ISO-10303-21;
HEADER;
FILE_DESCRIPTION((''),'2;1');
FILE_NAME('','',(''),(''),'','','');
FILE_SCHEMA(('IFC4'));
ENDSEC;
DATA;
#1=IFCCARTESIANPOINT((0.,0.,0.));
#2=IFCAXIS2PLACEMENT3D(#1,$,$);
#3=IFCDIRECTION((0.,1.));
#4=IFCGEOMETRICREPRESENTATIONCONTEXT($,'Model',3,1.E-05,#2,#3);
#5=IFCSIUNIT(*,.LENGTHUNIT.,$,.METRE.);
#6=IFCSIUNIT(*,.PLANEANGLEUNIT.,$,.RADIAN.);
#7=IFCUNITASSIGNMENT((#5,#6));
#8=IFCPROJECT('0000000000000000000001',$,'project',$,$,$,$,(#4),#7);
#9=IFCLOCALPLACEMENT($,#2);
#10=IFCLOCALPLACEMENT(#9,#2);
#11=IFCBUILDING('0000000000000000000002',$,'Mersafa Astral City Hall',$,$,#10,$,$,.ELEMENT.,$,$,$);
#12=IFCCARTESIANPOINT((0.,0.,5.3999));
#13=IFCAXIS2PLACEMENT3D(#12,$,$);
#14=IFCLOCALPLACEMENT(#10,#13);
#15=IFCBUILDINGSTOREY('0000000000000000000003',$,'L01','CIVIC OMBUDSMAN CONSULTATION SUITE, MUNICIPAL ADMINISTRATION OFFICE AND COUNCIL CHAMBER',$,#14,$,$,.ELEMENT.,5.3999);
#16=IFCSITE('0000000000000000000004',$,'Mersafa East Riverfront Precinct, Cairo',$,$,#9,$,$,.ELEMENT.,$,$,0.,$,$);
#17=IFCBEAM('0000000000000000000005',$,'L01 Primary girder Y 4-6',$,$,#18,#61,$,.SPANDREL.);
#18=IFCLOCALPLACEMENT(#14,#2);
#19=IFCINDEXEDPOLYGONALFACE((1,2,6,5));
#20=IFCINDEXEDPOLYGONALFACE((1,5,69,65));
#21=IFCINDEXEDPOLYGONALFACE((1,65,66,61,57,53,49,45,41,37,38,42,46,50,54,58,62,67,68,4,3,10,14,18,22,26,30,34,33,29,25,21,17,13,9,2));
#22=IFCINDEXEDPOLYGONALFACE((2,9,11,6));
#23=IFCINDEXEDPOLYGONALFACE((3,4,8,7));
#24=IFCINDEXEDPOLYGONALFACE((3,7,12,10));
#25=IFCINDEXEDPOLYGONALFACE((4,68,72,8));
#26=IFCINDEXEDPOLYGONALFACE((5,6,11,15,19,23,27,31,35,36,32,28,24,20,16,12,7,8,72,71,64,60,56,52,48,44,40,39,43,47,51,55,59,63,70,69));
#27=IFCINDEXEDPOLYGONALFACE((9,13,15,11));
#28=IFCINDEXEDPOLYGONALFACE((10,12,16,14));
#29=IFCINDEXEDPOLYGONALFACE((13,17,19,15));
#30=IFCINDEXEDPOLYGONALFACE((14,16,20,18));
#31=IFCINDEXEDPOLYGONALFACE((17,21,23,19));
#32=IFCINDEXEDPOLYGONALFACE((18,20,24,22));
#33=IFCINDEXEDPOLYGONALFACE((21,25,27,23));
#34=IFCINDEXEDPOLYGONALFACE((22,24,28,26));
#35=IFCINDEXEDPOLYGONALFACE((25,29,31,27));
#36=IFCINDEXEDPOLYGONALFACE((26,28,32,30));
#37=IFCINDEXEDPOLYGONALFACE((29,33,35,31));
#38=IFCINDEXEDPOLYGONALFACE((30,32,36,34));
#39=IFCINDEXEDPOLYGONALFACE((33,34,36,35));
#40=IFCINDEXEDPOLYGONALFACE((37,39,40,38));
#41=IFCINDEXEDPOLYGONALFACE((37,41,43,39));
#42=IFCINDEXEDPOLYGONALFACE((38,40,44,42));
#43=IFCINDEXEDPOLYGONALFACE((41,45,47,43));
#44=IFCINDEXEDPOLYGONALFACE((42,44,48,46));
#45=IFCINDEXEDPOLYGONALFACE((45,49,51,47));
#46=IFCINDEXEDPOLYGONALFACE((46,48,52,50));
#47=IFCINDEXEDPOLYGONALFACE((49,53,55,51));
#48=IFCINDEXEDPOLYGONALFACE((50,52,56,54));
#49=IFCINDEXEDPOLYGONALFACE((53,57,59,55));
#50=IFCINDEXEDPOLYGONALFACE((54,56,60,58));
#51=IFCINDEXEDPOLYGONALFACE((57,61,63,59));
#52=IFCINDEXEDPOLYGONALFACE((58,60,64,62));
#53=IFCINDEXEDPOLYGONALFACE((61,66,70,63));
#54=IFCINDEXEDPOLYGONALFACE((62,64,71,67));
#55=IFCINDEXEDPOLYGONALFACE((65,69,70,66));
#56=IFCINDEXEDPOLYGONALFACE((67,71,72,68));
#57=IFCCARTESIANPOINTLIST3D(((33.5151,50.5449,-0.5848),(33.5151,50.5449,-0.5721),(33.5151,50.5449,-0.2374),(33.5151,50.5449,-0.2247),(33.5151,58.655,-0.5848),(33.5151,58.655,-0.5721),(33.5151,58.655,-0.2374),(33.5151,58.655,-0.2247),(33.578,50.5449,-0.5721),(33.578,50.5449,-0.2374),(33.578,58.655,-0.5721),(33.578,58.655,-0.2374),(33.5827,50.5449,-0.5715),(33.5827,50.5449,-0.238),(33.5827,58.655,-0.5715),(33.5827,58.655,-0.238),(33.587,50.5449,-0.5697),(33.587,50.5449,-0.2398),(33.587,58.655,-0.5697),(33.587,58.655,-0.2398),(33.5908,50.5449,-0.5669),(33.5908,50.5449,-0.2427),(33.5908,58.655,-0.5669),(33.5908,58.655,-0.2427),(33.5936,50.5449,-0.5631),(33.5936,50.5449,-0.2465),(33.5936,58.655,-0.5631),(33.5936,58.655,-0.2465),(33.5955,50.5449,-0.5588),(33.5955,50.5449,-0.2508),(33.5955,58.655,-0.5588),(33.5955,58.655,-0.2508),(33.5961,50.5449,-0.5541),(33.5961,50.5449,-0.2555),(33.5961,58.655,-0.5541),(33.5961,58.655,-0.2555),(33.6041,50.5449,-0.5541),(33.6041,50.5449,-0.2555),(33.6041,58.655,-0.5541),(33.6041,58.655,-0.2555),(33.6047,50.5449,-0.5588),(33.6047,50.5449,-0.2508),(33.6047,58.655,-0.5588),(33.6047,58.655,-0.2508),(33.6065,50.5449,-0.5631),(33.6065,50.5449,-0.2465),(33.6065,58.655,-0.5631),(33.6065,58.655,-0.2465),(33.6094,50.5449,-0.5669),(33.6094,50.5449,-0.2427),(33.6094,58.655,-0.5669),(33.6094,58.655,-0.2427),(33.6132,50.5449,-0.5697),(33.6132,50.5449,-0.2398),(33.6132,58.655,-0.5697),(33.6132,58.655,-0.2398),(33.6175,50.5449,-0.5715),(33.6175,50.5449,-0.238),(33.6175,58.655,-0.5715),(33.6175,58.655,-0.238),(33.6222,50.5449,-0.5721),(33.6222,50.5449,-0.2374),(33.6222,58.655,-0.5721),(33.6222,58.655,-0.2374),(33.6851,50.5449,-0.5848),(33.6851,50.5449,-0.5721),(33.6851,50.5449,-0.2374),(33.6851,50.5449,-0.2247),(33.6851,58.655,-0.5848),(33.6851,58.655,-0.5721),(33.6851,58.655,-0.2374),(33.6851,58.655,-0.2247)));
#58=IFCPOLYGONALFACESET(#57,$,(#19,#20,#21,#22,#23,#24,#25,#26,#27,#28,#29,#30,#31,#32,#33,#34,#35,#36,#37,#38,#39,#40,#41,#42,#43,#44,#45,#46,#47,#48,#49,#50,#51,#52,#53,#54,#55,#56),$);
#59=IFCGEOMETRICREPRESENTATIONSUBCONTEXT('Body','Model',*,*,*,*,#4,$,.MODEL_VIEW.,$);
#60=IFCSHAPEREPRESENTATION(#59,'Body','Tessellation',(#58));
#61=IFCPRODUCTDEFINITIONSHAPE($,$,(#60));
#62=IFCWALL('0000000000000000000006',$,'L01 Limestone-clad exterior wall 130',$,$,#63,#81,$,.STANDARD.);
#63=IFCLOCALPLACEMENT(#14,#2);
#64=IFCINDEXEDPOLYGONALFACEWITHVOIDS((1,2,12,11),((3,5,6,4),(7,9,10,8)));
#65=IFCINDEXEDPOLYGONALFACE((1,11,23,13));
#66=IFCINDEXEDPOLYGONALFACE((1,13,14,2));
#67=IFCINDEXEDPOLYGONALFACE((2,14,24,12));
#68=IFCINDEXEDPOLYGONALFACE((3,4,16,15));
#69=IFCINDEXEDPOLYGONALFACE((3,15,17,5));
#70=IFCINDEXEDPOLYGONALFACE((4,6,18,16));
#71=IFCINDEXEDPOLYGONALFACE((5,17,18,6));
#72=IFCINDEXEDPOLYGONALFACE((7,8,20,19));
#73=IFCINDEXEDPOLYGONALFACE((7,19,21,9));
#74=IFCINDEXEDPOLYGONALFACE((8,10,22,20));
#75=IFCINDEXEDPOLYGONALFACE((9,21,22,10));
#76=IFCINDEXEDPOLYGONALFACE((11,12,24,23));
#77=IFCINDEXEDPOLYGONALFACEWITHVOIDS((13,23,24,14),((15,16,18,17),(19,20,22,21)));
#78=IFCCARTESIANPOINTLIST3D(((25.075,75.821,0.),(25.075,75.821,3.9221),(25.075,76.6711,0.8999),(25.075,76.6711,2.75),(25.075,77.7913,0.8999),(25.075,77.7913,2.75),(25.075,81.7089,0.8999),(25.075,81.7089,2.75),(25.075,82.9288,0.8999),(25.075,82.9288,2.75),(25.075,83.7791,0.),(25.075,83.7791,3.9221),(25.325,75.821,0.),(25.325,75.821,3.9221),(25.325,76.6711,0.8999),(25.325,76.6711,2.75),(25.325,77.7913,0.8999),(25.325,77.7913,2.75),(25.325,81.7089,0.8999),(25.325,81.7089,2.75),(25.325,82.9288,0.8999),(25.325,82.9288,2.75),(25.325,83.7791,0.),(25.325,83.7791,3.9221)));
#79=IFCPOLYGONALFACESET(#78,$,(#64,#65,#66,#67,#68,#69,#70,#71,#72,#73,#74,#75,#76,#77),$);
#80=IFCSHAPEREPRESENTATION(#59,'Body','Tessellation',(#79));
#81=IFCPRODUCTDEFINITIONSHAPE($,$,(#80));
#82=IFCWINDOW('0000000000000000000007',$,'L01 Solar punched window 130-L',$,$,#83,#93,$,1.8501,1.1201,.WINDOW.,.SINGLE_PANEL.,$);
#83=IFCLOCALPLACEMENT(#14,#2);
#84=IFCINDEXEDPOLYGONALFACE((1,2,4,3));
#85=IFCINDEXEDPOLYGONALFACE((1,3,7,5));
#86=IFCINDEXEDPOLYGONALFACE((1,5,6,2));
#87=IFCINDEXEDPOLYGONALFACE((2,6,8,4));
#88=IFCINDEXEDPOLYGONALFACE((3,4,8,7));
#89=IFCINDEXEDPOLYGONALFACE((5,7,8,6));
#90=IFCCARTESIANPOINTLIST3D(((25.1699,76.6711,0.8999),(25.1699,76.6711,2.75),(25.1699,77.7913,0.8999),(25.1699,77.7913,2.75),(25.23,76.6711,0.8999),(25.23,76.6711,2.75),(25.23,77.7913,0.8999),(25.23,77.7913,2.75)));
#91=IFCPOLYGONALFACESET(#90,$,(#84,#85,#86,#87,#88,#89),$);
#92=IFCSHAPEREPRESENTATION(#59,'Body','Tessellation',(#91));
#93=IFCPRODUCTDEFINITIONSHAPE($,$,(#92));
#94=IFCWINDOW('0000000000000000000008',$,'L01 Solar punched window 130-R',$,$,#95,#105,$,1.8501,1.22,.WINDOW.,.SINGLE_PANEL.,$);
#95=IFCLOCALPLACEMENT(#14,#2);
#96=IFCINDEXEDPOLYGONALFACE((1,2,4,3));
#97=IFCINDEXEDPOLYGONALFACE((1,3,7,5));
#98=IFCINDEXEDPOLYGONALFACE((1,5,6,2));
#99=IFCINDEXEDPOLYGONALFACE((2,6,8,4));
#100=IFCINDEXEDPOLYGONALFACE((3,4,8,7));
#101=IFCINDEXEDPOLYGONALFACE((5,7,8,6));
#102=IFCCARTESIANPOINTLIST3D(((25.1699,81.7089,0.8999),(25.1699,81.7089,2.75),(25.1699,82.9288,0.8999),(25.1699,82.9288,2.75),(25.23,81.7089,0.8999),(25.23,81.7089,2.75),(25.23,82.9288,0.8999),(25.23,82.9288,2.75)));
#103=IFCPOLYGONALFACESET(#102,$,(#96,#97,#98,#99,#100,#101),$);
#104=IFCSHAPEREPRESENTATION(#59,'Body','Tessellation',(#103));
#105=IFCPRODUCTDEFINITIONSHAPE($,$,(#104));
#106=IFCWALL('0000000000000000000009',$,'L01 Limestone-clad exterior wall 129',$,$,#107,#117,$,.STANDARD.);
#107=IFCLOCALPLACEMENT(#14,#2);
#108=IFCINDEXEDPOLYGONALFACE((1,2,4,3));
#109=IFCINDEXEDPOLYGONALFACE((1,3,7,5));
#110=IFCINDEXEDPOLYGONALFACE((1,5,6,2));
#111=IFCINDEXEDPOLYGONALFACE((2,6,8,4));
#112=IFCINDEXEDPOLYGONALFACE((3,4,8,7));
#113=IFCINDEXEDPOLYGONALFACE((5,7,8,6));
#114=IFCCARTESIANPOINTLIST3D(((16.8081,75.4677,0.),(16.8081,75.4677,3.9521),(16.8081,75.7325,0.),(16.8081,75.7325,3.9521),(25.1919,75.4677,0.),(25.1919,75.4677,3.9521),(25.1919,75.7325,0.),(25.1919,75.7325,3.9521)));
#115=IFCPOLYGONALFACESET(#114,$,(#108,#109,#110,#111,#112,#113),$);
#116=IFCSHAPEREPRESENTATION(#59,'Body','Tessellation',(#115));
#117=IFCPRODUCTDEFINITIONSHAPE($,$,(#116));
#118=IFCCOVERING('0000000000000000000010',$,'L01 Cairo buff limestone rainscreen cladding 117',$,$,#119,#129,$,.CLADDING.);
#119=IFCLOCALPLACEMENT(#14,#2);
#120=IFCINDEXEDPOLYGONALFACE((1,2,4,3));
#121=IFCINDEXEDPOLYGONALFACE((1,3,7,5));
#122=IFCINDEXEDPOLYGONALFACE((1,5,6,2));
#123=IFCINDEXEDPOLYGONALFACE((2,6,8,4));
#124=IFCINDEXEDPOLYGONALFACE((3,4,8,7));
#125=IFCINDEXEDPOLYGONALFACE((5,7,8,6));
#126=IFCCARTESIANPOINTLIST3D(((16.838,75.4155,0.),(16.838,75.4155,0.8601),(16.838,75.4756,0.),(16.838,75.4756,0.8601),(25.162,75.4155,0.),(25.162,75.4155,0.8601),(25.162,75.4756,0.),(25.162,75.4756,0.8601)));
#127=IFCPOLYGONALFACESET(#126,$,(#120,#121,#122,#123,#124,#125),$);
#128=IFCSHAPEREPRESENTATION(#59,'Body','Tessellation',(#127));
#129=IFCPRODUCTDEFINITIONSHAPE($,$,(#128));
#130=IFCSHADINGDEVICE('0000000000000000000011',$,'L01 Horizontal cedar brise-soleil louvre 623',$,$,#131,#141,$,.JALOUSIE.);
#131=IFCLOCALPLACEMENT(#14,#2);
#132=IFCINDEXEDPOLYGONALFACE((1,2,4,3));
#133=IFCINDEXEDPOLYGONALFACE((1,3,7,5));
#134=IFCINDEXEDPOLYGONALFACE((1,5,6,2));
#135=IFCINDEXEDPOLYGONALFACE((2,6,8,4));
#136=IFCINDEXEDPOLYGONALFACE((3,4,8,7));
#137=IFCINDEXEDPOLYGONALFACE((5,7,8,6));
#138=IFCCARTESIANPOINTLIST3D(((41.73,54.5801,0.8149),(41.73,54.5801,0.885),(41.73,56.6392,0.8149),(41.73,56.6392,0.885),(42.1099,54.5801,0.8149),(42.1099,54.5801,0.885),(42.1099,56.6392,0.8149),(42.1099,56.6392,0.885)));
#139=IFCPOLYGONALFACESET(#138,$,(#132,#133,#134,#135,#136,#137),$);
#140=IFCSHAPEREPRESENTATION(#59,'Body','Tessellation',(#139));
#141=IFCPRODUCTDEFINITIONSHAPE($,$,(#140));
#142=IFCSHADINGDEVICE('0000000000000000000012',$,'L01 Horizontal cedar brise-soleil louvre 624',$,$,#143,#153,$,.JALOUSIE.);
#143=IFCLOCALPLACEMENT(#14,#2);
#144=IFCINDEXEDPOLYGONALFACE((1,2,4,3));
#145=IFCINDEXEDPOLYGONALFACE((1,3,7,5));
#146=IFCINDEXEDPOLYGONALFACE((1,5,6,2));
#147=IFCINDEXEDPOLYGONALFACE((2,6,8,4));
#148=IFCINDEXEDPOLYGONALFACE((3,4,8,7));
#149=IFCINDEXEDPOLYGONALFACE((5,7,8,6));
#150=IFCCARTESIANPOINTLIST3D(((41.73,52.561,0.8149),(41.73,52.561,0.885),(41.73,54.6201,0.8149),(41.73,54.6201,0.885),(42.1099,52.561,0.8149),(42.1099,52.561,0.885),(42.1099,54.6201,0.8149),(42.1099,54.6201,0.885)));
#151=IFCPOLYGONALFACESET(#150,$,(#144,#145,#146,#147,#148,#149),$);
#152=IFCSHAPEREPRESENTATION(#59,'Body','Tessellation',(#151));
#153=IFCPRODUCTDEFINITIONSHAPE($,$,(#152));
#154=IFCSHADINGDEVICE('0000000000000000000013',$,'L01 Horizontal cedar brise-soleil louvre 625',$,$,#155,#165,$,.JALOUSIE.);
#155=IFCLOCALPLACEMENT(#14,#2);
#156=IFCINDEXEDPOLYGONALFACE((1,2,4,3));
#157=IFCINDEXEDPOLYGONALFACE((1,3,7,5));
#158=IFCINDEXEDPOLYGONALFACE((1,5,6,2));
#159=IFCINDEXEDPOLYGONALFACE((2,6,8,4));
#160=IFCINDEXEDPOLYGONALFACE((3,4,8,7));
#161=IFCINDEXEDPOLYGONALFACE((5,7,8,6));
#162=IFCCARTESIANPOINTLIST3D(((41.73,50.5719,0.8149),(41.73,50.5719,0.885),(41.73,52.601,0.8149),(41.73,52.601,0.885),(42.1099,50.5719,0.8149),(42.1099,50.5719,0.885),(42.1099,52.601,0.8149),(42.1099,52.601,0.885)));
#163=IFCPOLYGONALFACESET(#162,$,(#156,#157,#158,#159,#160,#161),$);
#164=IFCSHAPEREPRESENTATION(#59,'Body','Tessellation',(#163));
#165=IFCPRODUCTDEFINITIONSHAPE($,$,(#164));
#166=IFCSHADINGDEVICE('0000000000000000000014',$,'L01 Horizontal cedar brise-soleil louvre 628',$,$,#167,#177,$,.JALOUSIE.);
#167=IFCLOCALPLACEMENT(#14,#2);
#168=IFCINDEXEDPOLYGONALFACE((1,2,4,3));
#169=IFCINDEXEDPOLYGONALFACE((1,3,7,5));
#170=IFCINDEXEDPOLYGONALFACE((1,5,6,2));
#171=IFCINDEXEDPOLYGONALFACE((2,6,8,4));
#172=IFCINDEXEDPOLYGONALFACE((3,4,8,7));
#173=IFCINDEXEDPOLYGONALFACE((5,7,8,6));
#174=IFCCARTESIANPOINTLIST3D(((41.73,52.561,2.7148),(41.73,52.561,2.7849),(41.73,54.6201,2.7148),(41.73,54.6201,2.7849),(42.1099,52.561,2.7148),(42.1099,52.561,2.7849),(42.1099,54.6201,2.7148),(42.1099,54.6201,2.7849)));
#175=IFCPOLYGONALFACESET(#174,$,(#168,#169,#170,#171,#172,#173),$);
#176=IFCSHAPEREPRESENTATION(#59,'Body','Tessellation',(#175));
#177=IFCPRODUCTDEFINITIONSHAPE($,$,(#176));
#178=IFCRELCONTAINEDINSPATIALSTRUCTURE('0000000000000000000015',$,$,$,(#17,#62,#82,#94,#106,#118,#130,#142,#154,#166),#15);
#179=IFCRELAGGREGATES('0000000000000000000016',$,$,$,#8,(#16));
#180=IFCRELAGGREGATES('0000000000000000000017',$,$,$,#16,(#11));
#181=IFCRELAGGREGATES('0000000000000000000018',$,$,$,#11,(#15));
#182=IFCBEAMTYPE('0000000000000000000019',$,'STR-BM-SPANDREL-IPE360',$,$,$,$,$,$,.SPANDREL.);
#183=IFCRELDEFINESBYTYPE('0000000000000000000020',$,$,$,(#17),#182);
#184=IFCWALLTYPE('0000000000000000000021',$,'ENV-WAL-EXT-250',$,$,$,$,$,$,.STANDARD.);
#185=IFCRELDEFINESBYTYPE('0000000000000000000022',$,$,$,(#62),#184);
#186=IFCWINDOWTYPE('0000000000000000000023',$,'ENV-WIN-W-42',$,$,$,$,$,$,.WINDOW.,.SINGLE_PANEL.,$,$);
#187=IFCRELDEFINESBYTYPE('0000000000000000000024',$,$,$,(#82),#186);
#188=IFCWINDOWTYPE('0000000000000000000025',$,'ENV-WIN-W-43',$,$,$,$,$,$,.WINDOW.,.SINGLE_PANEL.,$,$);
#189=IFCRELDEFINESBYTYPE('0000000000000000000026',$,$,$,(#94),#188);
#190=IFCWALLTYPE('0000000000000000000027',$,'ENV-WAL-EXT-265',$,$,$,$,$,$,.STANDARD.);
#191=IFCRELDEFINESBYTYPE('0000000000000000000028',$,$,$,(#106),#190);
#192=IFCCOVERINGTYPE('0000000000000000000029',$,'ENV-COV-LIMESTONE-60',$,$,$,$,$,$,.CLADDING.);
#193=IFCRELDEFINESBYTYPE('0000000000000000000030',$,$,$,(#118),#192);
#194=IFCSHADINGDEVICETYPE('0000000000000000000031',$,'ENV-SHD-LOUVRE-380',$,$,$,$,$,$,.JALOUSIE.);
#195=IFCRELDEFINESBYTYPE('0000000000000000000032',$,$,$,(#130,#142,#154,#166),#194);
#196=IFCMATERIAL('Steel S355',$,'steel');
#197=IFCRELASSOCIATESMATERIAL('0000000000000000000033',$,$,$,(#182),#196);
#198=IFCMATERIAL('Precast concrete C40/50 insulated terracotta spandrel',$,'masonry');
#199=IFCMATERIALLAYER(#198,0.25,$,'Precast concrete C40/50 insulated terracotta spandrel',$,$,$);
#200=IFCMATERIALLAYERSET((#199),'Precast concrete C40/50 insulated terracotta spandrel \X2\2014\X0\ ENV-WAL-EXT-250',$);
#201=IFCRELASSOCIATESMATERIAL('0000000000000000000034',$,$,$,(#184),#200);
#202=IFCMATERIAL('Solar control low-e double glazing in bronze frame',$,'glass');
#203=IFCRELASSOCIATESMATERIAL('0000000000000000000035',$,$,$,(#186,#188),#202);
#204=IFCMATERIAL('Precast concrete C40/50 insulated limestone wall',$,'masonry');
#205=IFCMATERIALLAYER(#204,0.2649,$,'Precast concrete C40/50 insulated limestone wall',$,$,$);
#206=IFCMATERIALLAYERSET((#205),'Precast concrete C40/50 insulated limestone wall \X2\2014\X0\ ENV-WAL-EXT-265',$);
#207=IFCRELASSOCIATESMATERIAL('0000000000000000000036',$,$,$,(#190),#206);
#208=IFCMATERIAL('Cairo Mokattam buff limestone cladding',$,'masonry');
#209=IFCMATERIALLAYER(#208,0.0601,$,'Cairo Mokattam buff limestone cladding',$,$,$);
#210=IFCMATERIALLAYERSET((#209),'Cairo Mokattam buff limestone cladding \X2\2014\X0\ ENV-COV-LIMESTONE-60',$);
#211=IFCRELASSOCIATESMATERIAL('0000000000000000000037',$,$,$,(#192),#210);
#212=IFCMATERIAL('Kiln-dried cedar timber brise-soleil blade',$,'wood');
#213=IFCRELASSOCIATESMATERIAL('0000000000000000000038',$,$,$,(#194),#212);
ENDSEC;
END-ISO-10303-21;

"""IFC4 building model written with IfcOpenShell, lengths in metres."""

from ifc_helpers import new_model, si_unit, direction, frame, frame_2d, origin, origin_2d, place, context, subcontext, project, spatial, rectangle, i_section, extrude, material, layer, layer_set, material_profile, profile_set, type_object, element, fill, save


model = new_model("IFC4")

# Units and contexts
model_context = context("Model", 3, precision=1e-05, world=origin(), true_north=direction((0.0, 1.0)))
body_context = subcontext(model_context, "Body", "Model", "MODEL_VIEW")
ifc_project = project(units=[si_unit("LENGTHUNIT", "METRE"), si_unit("PLANEANGLEUNIT", "RADIAN")], contexts=[model_context])

# Site, building, storey
site_placement = place(None, origin())
site = spatial("IfcSite", under=ifc_project, at=site_placement, Name="Mersafa East Riverfront Precinct, Cairo", CompositionType="ELEMENT", RefElevation=0.0)
building_placement = place(site_placement, origin())
building = spatial("IfcBuilding", under=site, at=building_placement, Name="Mersafa Astral City Hall", CompositionType="ELEMENT")
storey_placement = place(building_placement, frame((0.0, 0.0, 5.3999)))
storey = spatial("IfcBuildingStorey", under=building, at=storey_placement, Name="L01", Description="CIVIC OMBUDSMAN CONSULTATION SUITE, MUNICIPAL ADMINISTRATION OFFICE AND COUNCIL CHAMBER", CompositionType="ELEMENT", Elevation=5.3999)

# Shared definitions
ifc_material_1 = material(Name="Steel S355", Category="steel")

# Beam
ifc_material_profile_1 = material_profile(ifc_material_1, i_section(OverallWidth=0.1699, OverallDepth=0.3601, WebThickness=0.0081, FlangeThickness=0.0127, FilletRadius=0.0181, at=origin_2d()), Name="IPE 360")
ifc_profile_set_1 = profile_set([ifc_material_profile_1], Name="Steel S355")
beam_type_1 = type_object("IfcBeamType", Name="STR-BM-SPANDREL-IPE360", PredefinedType="SPANDREL", material=ifc_profile_set_1)
beam_1_placement = place(storey_placement, frame((33.6001, 50.5449, -0.4048), z_axis=(0.0, 1.0, 0.0), x_axis=(-1.0, 0.0, 0.0)))
element("IfcBeam", 1, at=beam_1_placement, inside=storey, type_object=beam_type_1, Name="L01 Primary girder Y 4-6", PredefinedType="SPANDREL", context=body_context, shape_type="SweptSolid", body=[
    extrude(i_section(OverallWidth=0.1699, OverallDepth=0.3601, WebThickness=0.0081, FlangeThickness=0.0127, FilletRadius=0.0181, at=origin_2d()), origin(), (0.0, 0.0, 1.0), 8.1101),
])

# Wall, openings, windows
ifc_material_2 = material(Name="Precast concrete C40/50 insulated terracotta spandrel", Category="masonry")
ifc_layer_1 = layer(ifc_material_2, 0.25, Name="Precast concrete C40/50 insulated terracotta spandrel")
ifc_layer_set_1 = layer_set([ifc_layer_1], Name="Precast concrete C40/50 insulated terracotta spandrel — ENV-WAL-EXT-250")
wall_type_1 = type_object("IfcWallType", Name="ENV-WAL-EXT-250", PredefinedType="STANDARD", material=ifc_layer_set_1)
wall_1_placement = place(storey_placement, frame((25.2, 75.821, 0.0), z_axis=(0.0, 0.0, 1.0), x_axis=(0.0, 1.0, 0.0)))
wall_1 = element("IfcWall", 2, at=wall_1_placement, inside=storey, type_object=wall_type_1, Name="L01 Limestone-clad exterior wall 130", PredefinedType="STANDARD", context=body_context, shape_type="SweptSolid", body=[
    extrude(rectangle(XDim=7.958, YDim=0.25, at=frame_2d((3.979, 0.0))), origin(), (0.0, 0.0, 1.0), 3.9221),
])
opening_1_placement = place(wall_1_placement, frame((0.8501, 0.0, 0.8999)))
opening_1 = element("IfcOpeningElement", 3, at=opening_1_placement, cuts=wall_1, PredefinedType="OPENING", context=body_context, shape_type="SweptSolid", body=[
    extrude(rectangle(XDim=1.1201, YDim=1.8501, at=frame_2d((0.5601, 0.925))), frame((0.0, 0.135, 0.0), z_axis=(0.0, -1.0, 0.0), x_axis=(1.0, 0.0, 0.0)), (0.0, 0.0, 1.0), 0.27),
])
opening_2_placement = place(wall_1_placement, frame((5.8879, 0.0, 0.8999)))
opening_2 = element("IfcOpeningElement", 4, at=opening_2_placement, cuts=wall_1, PredefinedType="OPENING", context=body_context, shape_type="SweptSolid", body=[
    extrude(rectangle(XDim=1.22, YDim=1.8501, at=frame_2d((0.6099, 0.925))), frame((0.0, 0.135, 0.0), z_axis=(0.0, -1.0, 0.0), x_axis=(1.0, 0.0, 0.0)), (0.0, 0.0, 1.0), 0.27),
])
ifc_material_3 = material(Name="Solar control low-e double glazing in bronze frame", Category="glass")
window_type_1 = type_object("IfcWindowType", Name="ENV-WIN-W-42", PartitioningType="SINGLE_PANEL", PredefinedType="WINDOW", material=ifc_material_3)
window_1_placement = place(opening_1_placement, origin())
window_1 = element("IfcWindow", 5, at=window_1_placement, inside=storey, type_object=window_type_1, Name="L01 Solar punched window 130-L", OverallHeight=1.8501, OverallWidth=1.1201, PartitioningType="SINGLE_PANEL", PredefinedType="WINDOW", context=body_context, shape_type="SweptSolid", body=[
    extrude(rectangle(XDim=1.1201, YDim=1.8501, at=frame_2d((0.5601, 0.925))), frame((0.0, 0.03, 0.0), z_axis=(0.0, -1.0, 0.0), x_axis=(1.0, 0.0, 0.0)), (0.0, 0.0, 1.0), 0.0601),
])
fill(opening_1, window_1)
window_type_2 = type_object("IfcWindowType", Name="ENV-WIN-W-43", PartitioningType="SINGLE_PANEL", PredefinedType="WINDOW", material=ifc_material_3)
window_2_placement = place(opening_2_placement, origin())
window_2 = element("IfcWindow", 6, at=window_2_placement, inside=storey, type_object=window_type_2, Name="L01 Solar punched window 130-R", OverallHeight=1.8501, OverallWidth=1.22, PartitioningType="SINGLE_PANEL", PredefinedType="WINDOW", context=body_context, shape_type="SweptSolid", body=[
    extrude(rectangle(XDim=1.22, YDim=1.8501, at=frame_2d((0.6099, 0.925))), frame((0.0, 0.03, 0.0), z_axis=(0.0, -1.0, 0.0), x_axis=(1.0, 0.0, 0.0)), (0.0, 0.0, 1.0), 0.0601),
])
fill(opening_2, window_2)

# Wall
ifc_material_4 = material(Name="Precast concrete C40/50 insulated limestone wall", Category="masonry")
ifc_layer_2 = layer(ifc_material_4, 0.2649, Name="Precast concrete C40/50 insulated limestone wall")
ifc_layer_set_2 = layer_set([ifc_layer_2], Name="Precast concrete C40/50 insulated limestone wall — ENV-WAL-EXT-265")
wall_type_2 = type_object("IfcWallType", Name="ENV-WAL-EXT-265", PredefinedType="STANDARD", material=ifc_layer_set_2)
wall_2_placement = place(storey_placement, frame((16.8081, 75.6001, 0.0), z_axis=(0.0, 0.0, 1.0), x_axis=(1.0, 0.0, 0.0)))
element("IfcWall", 7, at=wall_2_placement, inside=storey, type_object=wall_type_2, Name="L01 Limestone-clad exterior wall 129", PredefinedType="STANDARD", context=body_context, shape_type="SweptSolid", body=[
    extrude(rectangle(XDim=8.3838, YDim=0.2649, at=frame_2d((4.1919, 0.0))), origin(), (0.0, 0.0, 1.0), 3.9521),
])

# Covering
ifc_material_5 = material(Name="Cairo Mokattam buff limestone cladding", Category="masonry")
ifc_layer_3 = layer(ifc_material_5, 0.0601, Name="Cairo Mokattam buff limestone cladding")
ifc_layer_set_3 = layer_set([ifc_layer_3], Name="Cairo Mokattam buff limestone cladding — ENV-COV-LIMESTONE-60")
covering_type = type_object("IfcCoveringType", Name="ENV-COV-LIMESTONE-60", PredefinedType="CLADDING", material=ifc_layer_set_3)
covering_placement = place(storey_placement, frame((21.0, 75.4456, 0.0), z_axis=(0.0, 0.0, 1.0), x_axis=(1.0, 0.0, 0.0)))
element("IfcCovering", 8, at=covering_placement, inside=storey, type_object=covering_type, Name="L01 Cairo buff limestone rainscreen cladding 117", PredefinedType="CLADDING", context=body_context, shape_type="SweptSolid", body=[
    extrude(rectangle(XDim=8.324, YDim=0.0601, at=origin_2d()), origin(), (0.0, 0.0, 1.0), 0.8601),
])

# Shading devices
ifc_material_6 = material(Name="Kiln-dried cedar timber brise-soleil blade", Category="wood")
shading_device_type = type_object("IfcShadingDeviceType", Name="ENV-SHD-LOUVRE-380", PredefinedType="JALOUSIE", material=ifc_material_6)
for number, where, z_axis, x_axis, name in (
    (9, (41.9199, 55.6096, 0.8149), (0.0, 0.0, 1.0), (0.0, -1.0, 0.0), "L01 Horizontal cedar brise-soleil louvre 623"),
    (10, (41.9199, 53.5906, 0.8149), (0.0, 0.0, 1.0), (0.0, -1.0, 0.0), "L01 Horizontal cedar brise-soleil louvre 624"),
):
    element("IfcShadingDevice", number, at=place(storey_placement, frame(where, z_axis=z_axis, x_axis=x_axis)), inside=storey, type_object=shading_device_type, Name=name, PredefinedType="JALOUSIE", context=body_context, shape_type="SweptSolid", body=[
        extrude(rectangle(XDim=2.0591, YDim=0.3799, at=origin_2d()), origin(), (0.0, 0.0, 1.0), 0.0701),
    ])
shading_device_1_placement = place(storey_placement, frame((41.9199, 51.5864, 0.8149), z_axis=(0.0, 0.0, 1.0), x_axis=(0.0, -1.0, 0.0)))
element("IfcShadingDevice", 11, at=shading_device_1_placement, inside=storey, type_object=shading_device_type, Name="L01 Horizontal cedar brise-soleil louvre 625", PredefinedType="JALOUSIE", context=body_context, shape_type="SweptSolid", body=[
    extrude(rectangle(XDim=2.0291, YDim=0.3799, at=origin_2d()), origin(), (0.0, 0.0, 1.0), 0.0701),
])
shading_device_2_placement = place(storey_placement, frame((41.9199, 53.5906, 2.7148), z_axis=(0.0, 0.0, 1.0), x_axis=(0.0, -1.0, 0.0)))
element("IfcShadingDevice", 12, at=shading_device_2_placement, inside=storey, type_object=shading_device_type, Name="L01 Horizontal cedar brise-soleil louvre 628", PredefinedType="JALOUSIE", context=body_context, shape_type="SweptSolid", body=[
    extrude(rectangle(XDim=2.0591, YDim=0.3799, at=origin_2d()), origin(), (0.0, 0.0, 1.0), 0.0701),
])

save(model, "model.ifc")
